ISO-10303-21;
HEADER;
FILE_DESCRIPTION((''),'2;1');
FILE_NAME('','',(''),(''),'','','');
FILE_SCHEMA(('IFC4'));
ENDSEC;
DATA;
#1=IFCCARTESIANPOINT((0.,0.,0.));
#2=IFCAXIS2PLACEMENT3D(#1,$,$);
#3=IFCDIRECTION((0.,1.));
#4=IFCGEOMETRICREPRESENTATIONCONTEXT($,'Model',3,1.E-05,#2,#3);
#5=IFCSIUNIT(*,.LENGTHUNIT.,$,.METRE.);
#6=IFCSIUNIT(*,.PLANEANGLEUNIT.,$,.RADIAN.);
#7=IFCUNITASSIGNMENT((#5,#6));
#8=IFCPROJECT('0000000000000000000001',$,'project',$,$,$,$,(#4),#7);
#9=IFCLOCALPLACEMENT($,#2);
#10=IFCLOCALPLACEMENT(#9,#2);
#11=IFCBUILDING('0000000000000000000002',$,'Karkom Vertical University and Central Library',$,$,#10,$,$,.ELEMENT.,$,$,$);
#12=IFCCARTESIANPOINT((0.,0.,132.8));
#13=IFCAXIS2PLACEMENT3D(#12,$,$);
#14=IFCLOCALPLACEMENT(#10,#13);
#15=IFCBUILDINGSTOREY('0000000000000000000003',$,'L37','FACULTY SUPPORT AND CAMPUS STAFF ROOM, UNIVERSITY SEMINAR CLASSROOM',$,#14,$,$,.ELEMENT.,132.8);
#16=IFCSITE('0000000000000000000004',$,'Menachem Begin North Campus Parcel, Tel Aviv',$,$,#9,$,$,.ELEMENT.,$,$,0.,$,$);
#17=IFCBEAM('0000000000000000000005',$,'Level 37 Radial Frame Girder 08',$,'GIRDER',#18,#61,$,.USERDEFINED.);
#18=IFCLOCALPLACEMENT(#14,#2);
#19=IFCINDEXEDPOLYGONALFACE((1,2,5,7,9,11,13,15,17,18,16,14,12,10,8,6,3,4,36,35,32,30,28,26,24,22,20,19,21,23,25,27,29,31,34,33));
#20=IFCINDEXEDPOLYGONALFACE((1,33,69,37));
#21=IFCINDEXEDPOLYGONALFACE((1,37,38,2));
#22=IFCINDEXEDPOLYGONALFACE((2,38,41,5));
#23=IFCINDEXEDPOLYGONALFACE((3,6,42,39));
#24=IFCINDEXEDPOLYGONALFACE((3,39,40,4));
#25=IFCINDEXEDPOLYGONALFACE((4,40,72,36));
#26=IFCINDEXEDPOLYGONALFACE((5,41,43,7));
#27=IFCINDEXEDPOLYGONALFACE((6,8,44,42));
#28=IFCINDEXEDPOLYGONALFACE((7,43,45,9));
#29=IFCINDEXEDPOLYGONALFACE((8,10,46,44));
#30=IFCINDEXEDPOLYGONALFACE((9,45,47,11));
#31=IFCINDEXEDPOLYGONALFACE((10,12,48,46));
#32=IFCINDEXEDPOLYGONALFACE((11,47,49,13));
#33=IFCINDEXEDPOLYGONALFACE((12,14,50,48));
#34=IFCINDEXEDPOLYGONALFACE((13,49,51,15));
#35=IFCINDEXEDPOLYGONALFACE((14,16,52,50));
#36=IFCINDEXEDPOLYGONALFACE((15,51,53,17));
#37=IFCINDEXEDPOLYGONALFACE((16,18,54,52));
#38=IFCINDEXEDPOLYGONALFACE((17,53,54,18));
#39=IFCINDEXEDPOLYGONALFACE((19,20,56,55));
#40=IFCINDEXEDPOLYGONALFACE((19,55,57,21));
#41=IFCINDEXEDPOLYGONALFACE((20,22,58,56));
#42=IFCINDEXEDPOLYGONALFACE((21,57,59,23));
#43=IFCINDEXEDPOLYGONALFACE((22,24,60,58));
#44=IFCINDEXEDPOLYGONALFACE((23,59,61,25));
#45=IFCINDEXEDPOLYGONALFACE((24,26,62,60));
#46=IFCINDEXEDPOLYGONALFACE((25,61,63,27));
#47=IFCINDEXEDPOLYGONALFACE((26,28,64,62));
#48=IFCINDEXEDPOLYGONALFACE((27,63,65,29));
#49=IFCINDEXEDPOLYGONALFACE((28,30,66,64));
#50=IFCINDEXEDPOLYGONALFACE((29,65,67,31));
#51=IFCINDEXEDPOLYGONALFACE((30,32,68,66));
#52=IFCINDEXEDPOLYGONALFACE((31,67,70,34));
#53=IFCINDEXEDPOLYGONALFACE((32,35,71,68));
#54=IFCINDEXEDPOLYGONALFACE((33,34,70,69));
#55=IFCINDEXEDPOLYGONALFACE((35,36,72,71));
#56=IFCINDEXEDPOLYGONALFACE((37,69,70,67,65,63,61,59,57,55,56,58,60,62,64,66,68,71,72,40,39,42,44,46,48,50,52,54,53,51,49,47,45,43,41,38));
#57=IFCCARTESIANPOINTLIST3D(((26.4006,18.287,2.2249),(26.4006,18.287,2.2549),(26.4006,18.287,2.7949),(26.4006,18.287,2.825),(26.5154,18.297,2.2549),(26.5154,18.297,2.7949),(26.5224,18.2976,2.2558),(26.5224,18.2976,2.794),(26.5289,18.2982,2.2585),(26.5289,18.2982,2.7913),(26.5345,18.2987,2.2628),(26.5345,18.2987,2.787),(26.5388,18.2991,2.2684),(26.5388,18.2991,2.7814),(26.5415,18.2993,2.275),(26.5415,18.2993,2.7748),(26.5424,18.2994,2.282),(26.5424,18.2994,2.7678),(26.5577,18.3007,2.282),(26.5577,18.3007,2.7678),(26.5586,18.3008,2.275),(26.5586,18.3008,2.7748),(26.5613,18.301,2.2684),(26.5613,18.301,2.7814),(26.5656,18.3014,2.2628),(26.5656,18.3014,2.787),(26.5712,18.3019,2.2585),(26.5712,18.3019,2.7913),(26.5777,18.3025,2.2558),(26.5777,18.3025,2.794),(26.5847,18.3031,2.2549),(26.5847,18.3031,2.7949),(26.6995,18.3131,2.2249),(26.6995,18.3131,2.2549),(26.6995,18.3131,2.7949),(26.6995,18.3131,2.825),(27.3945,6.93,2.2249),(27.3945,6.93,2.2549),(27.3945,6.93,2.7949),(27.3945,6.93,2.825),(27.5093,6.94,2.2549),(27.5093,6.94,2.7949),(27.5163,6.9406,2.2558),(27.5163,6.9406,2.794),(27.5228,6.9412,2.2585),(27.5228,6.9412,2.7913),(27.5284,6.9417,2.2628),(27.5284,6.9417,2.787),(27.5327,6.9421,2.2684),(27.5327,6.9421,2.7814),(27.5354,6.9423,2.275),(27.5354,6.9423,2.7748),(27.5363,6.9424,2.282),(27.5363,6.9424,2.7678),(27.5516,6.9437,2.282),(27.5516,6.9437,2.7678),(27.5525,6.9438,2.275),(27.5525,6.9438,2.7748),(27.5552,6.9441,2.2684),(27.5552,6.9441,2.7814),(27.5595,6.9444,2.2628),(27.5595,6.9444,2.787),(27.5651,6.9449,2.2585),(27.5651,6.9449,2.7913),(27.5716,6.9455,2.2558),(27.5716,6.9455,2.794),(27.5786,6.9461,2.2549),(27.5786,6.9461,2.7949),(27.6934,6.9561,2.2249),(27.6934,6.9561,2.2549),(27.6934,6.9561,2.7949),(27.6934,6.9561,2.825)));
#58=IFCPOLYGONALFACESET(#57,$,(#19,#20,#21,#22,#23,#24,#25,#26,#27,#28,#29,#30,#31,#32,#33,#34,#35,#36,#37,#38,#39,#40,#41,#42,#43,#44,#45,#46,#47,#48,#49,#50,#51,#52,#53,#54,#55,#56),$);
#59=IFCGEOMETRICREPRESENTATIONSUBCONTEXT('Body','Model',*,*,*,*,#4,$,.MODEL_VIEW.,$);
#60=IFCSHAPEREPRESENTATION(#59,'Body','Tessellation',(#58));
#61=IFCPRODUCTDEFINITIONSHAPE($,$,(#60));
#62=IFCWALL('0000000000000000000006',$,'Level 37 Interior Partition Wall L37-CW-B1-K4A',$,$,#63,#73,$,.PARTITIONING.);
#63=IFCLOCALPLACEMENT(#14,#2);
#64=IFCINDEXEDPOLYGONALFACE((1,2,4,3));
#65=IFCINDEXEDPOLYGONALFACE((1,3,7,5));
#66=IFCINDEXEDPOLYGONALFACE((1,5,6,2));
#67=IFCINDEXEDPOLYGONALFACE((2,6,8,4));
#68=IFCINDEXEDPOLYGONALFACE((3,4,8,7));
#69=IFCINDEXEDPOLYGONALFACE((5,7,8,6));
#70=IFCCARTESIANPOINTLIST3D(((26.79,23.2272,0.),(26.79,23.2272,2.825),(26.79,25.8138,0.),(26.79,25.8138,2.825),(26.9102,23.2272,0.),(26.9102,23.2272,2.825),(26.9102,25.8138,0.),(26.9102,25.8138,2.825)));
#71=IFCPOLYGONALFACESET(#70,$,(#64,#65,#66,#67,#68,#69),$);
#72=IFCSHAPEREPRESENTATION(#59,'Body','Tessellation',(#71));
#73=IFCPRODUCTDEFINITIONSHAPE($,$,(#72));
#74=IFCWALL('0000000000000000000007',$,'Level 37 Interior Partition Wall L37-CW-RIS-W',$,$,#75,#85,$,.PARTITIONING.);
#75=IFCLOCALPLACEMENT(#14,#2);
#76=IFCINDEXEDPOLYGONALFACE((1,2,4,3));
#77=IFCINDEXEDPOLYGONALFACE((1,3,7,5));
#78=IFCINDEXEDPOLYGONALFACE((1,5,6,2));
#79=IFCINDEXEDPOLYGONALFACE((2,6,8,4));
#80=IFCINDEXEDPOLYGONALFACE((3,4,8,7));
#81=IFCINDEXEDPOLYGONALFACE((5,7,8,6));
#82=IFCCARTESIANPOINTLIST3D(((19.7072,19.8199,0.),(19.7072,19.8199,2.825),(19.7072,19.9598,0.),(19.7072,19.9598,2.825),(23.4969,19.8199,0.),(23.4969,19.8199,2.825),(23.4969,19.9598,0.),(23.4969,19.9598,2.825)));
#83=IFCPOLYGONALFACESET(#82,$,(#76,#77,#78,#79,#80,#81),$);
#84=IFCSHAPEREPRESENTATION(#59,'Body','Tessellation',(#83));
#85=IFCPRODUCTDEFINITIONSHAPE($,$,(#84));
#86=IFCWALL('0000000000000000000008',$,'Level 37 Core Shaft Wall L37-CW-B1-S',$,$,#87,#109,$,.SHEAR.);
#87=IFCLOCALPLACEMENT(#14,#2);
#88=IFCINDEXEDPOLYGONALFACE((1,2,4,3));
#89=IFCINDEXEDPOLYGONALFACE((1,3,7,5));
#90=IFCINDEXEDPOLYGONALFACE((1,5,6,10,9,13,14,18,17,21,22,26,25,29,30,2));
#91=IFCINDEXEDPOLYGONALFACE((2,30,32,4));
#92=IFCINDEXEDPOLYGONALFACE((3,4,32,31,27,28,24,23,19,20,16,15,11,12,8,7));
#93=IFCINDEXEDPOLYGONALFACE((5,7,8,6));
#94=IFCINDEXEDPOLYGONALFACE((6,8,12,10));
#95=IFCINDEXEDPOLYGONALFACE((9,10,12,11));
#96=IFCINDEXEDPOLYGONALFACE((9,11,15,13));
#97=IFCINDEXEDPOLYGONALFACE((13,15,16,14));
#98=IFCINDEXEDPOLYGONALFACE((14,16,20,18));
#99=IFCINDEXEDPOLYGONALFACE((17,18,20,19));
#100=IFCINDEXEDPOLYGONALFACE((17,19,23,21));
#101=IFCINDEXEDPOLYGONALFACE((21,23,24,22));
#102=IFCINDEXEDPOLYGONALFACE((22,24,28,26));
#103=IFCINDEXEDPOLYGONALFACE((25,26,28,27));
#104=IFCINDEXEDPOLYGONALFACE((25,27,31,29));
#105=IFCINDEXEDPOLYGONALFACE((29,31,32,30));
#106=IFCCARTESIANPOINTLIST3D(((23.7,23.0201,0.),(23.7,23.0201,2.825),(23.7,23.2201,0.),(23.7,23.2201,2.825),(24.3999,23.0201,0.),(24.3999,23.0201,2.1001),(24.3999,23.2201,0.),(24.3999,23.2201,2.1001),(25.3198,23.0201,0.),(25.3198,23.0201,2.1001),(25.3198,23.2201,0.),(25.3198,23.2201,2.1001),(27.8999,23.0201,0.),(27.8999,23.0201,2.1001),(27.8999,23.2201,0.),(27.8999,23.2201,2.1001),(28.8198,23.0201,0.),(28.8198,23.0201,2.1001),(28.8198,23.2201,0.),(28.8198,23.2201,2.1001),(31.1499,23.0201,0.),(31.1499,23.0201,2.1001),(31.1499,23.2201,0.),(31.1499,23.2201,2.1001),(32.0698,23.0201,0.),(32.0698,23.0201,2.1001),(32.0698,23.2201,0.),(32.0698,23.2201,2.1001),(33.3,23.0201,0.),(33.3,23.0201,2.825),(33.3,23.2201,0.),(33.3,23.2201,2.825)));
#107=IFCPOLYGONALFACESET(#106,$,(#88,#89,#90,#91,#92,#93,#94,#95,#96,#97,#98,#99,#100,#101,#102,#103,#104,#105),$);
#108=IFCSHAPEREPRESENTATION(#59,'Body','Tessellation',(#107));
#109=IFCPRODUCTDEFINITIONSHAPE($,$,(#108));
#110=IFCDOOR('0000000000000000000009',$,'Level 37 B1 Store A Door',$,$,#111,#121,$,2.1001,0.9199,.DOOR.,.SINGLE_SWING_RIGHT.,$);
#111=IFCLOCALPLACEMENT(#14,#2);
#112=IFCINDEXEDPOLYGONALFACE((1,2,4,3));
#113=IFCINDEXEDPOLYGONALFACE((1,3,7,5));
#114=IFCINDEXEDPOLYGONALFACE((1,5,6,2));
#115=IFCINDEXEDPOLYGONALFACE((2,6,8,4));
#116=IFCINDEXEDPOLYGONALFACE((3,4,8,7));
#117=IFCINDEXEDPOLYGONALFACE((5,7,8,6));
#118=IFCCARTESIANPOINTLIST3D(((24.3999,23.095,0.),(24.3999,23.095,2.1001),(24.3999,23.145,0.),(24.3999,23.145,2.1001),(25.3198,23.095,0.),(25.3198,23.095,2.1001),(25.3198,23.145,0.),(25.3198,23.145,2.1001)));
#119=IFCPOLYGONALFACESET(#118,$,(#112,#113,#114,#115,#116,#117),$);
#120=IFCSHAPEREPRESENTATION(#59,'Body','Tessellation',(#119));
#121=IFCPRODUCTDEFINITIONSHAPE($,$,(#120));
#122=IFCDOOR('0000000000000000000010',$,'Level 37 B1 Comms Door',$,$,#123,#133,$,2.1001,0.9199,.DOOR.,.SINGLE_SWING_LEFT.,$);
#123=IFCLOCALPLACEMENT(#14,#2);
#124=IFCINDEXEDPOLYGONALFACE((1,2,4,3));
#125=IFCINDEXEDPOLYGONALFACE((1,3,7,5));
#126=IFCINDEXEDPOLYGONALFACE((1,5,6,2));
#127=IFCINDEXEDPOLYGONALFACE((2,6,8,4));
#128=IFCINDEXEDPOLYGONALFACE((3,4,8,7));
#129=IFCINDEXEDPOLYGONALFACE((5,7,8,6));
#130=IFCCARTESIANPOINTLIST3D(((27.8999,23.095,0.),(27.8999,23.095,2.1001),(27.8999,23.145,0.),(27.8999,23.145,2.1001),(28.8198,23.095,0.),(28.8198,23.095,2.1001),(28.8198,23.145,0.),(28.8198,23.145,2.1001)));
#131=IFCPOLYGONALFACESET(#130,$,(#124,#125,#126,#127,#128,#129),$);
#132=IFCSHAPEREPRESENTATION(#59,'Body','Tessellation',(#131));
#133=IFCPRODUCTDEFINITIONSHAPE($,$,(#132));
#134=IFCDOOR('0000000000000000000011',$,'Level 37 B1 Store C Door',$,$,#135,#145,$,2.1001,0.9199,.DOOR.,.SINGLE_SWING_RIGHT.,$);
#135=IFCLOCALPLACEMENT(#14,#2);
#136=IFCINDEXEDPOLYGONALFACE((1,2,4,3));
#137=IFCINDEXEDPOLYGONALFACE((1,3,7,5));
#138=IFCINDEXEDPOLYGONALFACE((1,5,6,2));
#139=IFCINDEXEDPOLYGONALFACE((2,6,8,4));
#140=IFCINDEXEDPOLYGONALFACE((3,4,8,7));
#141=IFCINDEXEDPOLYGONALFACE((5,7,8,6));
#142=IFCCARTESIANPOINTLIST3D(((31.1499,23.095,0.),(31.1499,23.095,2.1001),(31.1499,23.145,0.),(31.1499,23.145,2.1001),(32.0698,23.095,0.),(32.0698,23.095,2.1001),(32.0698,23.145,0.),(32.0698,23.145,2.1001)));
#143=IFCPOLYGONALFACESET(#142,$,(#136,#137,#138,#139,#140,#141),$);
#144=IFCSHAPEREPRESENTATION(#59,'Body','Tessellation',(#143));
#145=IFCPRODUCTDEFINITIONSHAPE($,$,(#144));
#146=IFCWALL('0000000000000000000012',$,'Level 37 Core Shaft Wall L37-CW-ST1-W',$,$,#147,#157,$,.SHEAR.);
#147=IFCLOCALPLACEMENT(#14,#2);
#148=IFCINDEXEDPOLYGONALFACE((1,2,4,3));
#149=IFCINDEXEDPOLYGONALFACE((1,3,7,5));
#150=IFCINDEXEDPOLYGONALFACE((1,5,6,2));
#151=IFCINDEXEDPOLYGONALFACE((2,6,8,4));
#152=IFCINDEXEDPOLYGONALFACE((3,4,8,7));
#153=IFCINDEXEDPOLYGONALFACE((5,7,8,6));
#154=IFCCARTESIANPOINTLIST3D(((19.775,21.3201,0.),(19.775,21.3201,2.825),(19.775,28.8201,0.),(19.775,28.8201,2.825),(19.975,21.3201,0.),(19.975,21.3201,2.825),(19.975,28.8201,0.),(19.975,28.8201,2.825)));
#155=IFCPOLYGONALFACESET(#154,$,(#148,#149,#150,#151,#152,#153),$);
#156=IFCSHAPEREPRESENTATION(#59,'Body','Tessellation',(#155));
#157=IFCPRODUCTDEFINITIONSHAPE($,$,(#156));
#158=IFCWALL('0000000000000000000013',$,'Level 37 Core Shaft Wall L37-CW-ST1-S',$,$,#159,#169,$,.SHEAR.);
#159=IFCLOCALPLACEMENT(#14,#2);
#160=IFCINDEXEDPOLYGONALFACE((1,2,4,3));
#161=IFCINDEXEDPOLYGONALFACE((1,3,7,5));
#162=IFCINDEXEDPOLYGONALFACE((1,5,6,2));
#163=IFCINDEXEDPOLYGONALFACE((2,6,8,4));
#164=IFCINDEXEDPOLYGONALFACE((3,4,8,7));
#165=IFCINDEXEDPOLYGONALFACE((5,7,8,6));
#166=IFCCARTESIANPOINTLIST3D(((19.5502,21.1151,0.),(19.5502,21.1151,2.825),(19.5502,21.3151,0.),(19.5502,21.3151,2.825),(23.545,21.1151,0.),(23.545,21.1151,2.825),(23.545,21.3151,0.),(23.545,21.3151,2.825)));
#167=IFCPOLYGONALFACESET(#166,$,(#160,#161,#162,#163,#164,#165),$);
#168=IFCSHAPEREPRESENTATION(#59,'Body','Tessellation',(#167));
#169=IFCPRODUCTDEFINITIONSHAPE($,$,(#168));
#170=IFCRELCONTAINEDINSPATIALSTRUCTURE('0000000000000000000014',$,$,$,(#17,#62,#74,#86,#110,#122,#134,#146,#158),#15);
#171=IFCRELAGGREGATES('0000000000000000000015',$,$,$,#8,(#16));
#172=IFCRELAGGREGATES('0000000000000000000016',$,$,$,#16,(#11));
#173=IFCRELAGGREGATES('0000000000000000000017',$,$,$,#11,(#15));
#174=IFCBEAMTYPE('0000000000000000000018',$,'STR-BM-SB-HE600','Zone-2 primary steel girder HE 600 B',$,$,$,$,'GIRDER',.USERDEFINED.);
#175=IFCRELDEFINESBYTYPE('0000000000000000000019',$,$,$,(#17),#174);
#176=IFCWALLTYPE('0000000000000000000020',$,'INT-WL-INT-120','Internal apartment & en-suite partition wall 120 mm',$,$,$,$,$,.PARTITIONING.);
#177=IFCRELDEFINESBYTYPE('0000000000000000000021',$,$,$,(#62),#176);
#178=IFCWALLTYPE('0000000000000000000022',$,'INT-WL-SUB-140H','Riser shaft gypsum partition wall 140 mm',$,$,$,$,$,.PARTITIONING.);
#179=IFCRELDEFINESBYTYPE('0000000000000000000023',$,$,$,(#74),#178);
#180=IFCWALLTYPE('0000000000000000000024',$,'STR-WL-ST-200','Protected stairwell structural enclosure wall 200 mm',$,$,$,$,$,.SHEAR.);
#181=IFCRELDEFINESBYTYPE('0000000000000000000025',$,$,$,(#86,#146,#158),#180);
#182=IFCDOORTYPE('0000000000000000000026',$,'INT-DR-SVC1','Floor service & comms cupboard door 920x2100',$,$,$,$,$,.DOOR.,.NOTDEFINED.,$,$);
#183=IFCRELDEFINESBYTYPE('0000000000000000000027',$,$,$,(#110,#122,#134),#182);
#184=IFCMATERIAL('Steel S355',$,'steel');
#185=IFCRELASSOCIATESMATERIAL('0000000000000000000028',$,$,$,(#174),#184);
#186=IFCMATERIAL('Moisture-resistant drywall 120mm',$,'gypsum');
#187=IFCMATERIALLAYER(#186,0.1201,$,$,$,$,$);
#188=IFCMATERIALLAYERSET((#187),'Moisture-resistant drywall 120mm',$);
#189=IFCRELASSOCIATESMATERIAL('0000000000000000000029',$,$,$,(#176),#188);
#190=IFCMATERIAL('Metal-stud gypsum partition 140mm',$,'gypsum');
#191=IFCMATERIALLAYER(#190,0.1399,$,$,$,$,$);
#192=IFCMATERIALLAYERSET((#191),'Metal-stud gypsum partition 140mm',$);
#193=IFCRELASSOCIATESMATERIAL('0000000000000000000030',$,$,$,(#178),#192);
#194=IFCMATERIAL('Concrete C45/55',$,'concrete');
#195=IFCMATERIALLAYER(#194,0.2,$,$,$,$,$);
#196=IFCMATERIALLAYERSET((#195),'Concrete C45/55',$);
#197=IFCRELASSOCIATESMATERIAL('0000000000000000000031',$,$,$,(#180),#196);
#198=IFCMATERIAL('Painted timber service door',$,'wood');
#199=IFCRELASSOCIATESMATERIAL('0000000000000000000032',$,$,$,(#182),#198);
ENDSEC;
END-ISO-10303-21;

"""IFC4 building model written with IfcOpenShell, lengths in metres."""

from ifc_helpers import new_model, si_unit, direction, frame, frame_2d, origin, origin_with_axes, origin_2d, place, context, subcontext, project, spatial, rectangle, i_section, extrude, source, transform, mapped, material, layer, layer_set, material_profile, profile_set, type_object, element, fill, save


model = new_model("IFC4")

# Units and contexts
model_context = context("Model", 3, precision=1e-05, world=origin(), true_north=direction((0.0, 1.0)))
body_context = subcontext(model_context, "Body", "Model", "MODEL_VIEW")
ifc_project = project(units=[si_unit("LENGTHUNIT", "METRE"), si_unit("PLANEANGLEUNIT", "RADIAN")], contexts=[model_context])

# Site, building, storey
site_placement = place(None, origin())
site = spatial("IfcSite", under=ifc_project, at=site_placement, Name="Menachem Begin North Campus Parcel, Tel Aviv", CompositionType="ELEMENT", RefElevation=0.0)
building_placement = place(site_placement, origin())
building = spatial("IfcBuilding", under=site, at=building_placement, Name="Karkom Vertical University and Central Library", CompositionType="ELEMENT")
storey_placement = place(building_placement, frame((0.0, 0.0, 132.8)))
storey = spatial("IfcBuildingStorey", under=building, at=storey_placement, Name="L37", Description="FACULTY SUPPORT AND CAMPUS STAFF ROOM, UNIVERSITY SEMINAR CLASSROOM", CompositionType="ELEMENT", Elevation=132.8)

# Beam
ifc_material_1 = material(Name="Steel S355", Category="steel")
ifc_material_profile = material_profile(ifc_material_1, i_section(OverallWidth=0.3, OverallDepth=0.6001, WebThickness=0.0154, FlangeThickness=0.03, FilletRadius=0.0271, at=origin_2d()), Name="HE 600 B")
ifc_profile_set = profile_set([ifc_material_profile], Name="Steel S355")
beam_type = type_object("IfcBeamType", Name="STR-BM-SB-HE600", Description="Zone-2 primary steel girder HE 600 B", ElementType="GIRDER", PredefinedType="USERDEFINED", material=ifc_profile_set)
shared_shape_1 = source(origin_with_axes(), body_context, "Body", "SweptSolid", [
    extrude(i_section(OverallWidth=0.3, OverallDepth=0.6001, WebThickness=0.0154, FlangeThickness=0.03, FilletRadius=0.0271, at=origin_2d()), origin(), (0.0, 0.0, 1.0), 11.4004),
])
beam_placement = place(storey_placement, frame((26.55, 18.3, 2.5249), z_axis=(0.087181, -0.996192, 0.0), x_axis=(0.996192, 0.087181, 0.0)))
element("IfcBeam", 1, at=beam_placement, inside=storey, type_object=beam_type, Name="Level 37 Radial Frame Girder 08", ObjectType="GIRDER", PredefinedType="USERDEFINED", context=body_context, shape_type="MappedRepresentation", body=[
    mapped(shared_shape_1, transform((0.0, 0.0, 0.0), scale=1.0)),
])

# Walls
ifc_material_2 = material(Name="Moisture-resistant drywall 120mm", Category="gypsum")
ifc_layer_1 = layer(ifc_material_2, 0.1201)
ifc_layer_set_1 = layer_set([ifc_layer_1], Name="Moisture-resistant drywall 120mm")
wall_type_1 = type_object("IfcWallType", Name="INT-WL-INT-120", Description="Internal apartment & en-suite partition wall 120 mm", PredefinedType="PARTITIONING", material=ifc_layer_set_1)
wall_1_placement = place(storey_placement, frame((26.8501, 23.2271, 0.0), z_axis=(0.0, 0.0, 1.0), x_axis=(0.0, 1.0, 0.0)))
element("IfcWall", 2, at=wall_1_placement, inside=storey, type_object=wall_type_1, Name="Level 37 Interior Partition Wall L37-CW-B1-K4A", PredefinedType="PARTITIONING", context=body_context, shape_type="SweptSolid", body=[
    extrude(rectangle(XDim=2.5867, YDim=0.1201, at=frame_2d((1.2935, 0.0))), origin(), (0.0, 0.0, 1.0), 2.825),
])
ifc_material_3 = material(Name="Metal-stud gypsum partition 140mm", Category="gypsum")
ifc_layer_2 = layer(ifc_material_3, 0.1399)
ifc_layer_set_2 = layer_set([ifc_layer_2], Name="Metal-stud gypsum partition 140mm")
wall_type_2 = type_object("IfcWallType", Name="INT-WL-SUB-140H", Description="Riser shaft gypsum partition wall 140 mm", PredefinedType="PARTITIONING", material=ifc_layer_set_2)
wall_2_placement = place(storey_placement, frame((19.707, 19.8899, 0.0), z_axis=(0.0, 0.0, 1.0), x_axis=(1.0, 0.0, 0.0)))
element("IfcWall", 3, at=wall_2_placement, inside=storey, type_object=wall_type_2, Name="Level 37 Interior Partition Wall L37-CW-RIS-W", PredefinedType="PARTITIONING", context=body_context, shape_type="SweptSolid", body=[
    extrude(rectangle(XDim=3.7898, YDim=0.1399, at=frame_2d((1.895, 0.0))), origin(), (0.0, 0.0, 1.0), 2.825),
])

# Wall, openings, doors
ifc_material_4 = material(Name="Concrete C45/55", Category="concrete")
ifc_layer_3 = layer(ifc_material_4, 0.2)
ifc_layer_set_3 = layer_set([ifc_layer_3], Name="Concrete C45/55")
wall_type_3 = type_object("IfcWallType", Name="STR-WL-ST-200", Description="Protected stairwell structural enclosure wall 200 mm", PredefinedType="SHEAR", material=ifc_layer_set_3)
wall_3_placement = place(storey_placement, frame((23.7, 23.1201, 0.0), z_axis=(0.0, 0.0, 1.0), x_axis=(1.0, 0.0, 0.0)))
wall_3 = element("IfcWall", 4, at=wall_3_placement, inside=storey, type_object=wall_type_3, Name="Level 37 Core Shaft Wall L37-CW-B1-S", PredefinedType="SHEAR", context=body_context, shape_type="SweptSolid", body=[
    extrude(rectangle(XDim=9.6001, YDim=0.2, at=frame_2d((4.8, 0.0))), origin(), (0.0, 0.0, 1.0), 2.825),
])
opening_1_placement = place(wall_3_placement, frame((0.7, 0.0, 0.0)))
opening_1 = element("IfcOpeningElement", 5, at=opening_1_placement, cuts=wall_3, PredefinedType="OPENING", context=body_context, shape_type="SweptSolid", body=[
    extrude(rectangle(XDim=0.9199, YDim=2.1001, at=frame_2d((0.46, 1.05))), frame((0.0, 0.1099, 0.0), z_axis=(0.0, -1.0, 0.0), x_axis=(1.0, 0.0, 0.0)), (0.0, 0.0, 1.0), 0.22),
])
opening_2_placement = place(wall_3_placement, frame((4.2, 0.0, 0.0)))
opening_2 = element("IfcOpeningElement", 6, at=opening_2_placement, cuts=wall_3, PredefinedType="OPENING", context=body_context, shape_type="SweptSolid", body=[
    extrude(rectangle(XDim=0.9199, YDim=2.1001, at=frame_2d((0.46, 1.05))), frame((0.0, 0.1099, 0.0), z_axis=(0.0, -1.0, 0.0), x_axis=(1.0, 0.0, 0.0)), (0.0, 0.0, 1.0), 0.22),
])
opening_3_placement = place(wall_3_placement, frame((7.45, 0.0, 0.0)))
opening_3 = element("IfcOpeningElement", 7, at=opening_3_placement, cuts=wall_3, PredefinedType="OPENING", context=body_context, shape_type="SweptSolid", body=[
    extrude(rectangle(XDim=0.9199, YDim=2.1001, at=frame_2d((0.46, 1.05))), frame((0.0, 0.1099, 0.0), z_axis=(0.0, -1.0, 0.0), x_axis=(1.0, 0.0, 0.0)), (0.0, 0.0, 1.0), 0.22),
])
ifc_material_5 = material(Name="Painted timber service door", Category="wood")
door_type_1 = type_object("IfcDoorType", Name="INT-DR-SVC1", Description="Floor service & comms cupboard door 920x2100", OperationType="NOTDEFINED", PredefinedType="DOOR", material=ifc_material_5)
shared_shape_2 = source(origin_with_axes(), body_context, "Body", "SweptSolid", [
    extrude(rectangle(XDim=0.9199, YDim=2.1001, at=frame_2d((0.46, 1.05))), frame((0.0, 0.0249, 0.0), z_axis=(0.0, -1.0, 0.0), x_axis=(1.0, 0.0, 0.0)), (0.0, 0.0, 1.0), 0.05),
])
door_1_placement = place(opening_1_placement, origin())
door_1 = element("IfcDoor", 8, at=door_1_placement, inside=storey, type_object=door_type_1, Name="Level 37 B1 Store A Door", OperationType="SINGLE_SWING_RIGHT", OverallHeight=2.1001, OverallWidth=0.9199, PredefinedType="DOOR", context=body_context, shape_type="MappedRepresentation", body=[
    mapped(shared_shape_2, transform((0.0, 0.0, 0.0), scale=1.0)),
])
fill(opening_1, door_1)
door_2_placement = place(opening_2_placement, origin())
door_2 = element("IfcDoor", 9, at=door_2_placement, inside=storey, type_object=door_type_1, Name="Level 37 B1 Comms Door", OperationType="SINGLE_SWING_LEFT", OverallHeight=2.1001, OverallWidth=0.9199, PredefinedType="DOOR", context=body_context, shape_type="MappedRepresentation", body=[
    mapped(shared_shape_2, transform((0.0, 0.0, 0.0), scale=1.0)),
])
fill(opening_2, door_2)
door_3_placement = place(opening_3_placement, origin())
door_3 = element("IfcDoor", 10, at=door_3_placement, inside=storey, type_object=door_type_1, Name="Level 37 B1 Store C Door", OperationType="SINGLE_SWING_RIGHT", OverallHeight=2.1001, OverallWidth=0.9199, PredefinedType="DOOR", context=body_context, shape_type="MappedRepresentation", body=[
    mapped(shared_shape_2, transform((0.0, 0.0, 0.0), scale=1.0)),
])
fill(opening_3, door_3)

# Walls
wall_4_placement = place(storey_placement, frame((19.875, 21.3201, 0.0), z_axis=(0.0, 0.0, 1.0), x_axis=(0.0, 1.0, 0.0)))
element("IfcWall", 11, at=wall_4_placement, inside=storey, type_object=wall_type_3, Name="Level 37 Core Shaft Wall L37-CW-ST1-W", PredefinedType="SHEAR", context=body_context, shape_type="SweptSolid", body=[
    extrude(rectangle(XDim=7.5, YDim=0.2, at=frame_2d((3.75, 0.0))), origin(), (0.0, 0.0, 1.0), 2.825),
])
wall_5_placement = place(storey_placement, frame((19.55, 21.2151, 0.0), z_axis=(0.0, 0.0, 1.0), x_axis=(1.0, 0.0, 0.0)))
element("IfcWall", 12, at=wall_5_placement, inside=storey, type_object=wall_type_3, Name="Level 37 Core Shaft Wall L37-CW-ST1-S", PredefinedType="SHEAR", context=body_context, shape_type="SweptSolid", body=[
    extrude(rectangle(XDim=3.9949, YDim=0.2, at=frame_2d((1.9976, 0.0))), origin(), (0.0, 0.0, 1.0), 2.825),
])

save(model, "model.ifc")
